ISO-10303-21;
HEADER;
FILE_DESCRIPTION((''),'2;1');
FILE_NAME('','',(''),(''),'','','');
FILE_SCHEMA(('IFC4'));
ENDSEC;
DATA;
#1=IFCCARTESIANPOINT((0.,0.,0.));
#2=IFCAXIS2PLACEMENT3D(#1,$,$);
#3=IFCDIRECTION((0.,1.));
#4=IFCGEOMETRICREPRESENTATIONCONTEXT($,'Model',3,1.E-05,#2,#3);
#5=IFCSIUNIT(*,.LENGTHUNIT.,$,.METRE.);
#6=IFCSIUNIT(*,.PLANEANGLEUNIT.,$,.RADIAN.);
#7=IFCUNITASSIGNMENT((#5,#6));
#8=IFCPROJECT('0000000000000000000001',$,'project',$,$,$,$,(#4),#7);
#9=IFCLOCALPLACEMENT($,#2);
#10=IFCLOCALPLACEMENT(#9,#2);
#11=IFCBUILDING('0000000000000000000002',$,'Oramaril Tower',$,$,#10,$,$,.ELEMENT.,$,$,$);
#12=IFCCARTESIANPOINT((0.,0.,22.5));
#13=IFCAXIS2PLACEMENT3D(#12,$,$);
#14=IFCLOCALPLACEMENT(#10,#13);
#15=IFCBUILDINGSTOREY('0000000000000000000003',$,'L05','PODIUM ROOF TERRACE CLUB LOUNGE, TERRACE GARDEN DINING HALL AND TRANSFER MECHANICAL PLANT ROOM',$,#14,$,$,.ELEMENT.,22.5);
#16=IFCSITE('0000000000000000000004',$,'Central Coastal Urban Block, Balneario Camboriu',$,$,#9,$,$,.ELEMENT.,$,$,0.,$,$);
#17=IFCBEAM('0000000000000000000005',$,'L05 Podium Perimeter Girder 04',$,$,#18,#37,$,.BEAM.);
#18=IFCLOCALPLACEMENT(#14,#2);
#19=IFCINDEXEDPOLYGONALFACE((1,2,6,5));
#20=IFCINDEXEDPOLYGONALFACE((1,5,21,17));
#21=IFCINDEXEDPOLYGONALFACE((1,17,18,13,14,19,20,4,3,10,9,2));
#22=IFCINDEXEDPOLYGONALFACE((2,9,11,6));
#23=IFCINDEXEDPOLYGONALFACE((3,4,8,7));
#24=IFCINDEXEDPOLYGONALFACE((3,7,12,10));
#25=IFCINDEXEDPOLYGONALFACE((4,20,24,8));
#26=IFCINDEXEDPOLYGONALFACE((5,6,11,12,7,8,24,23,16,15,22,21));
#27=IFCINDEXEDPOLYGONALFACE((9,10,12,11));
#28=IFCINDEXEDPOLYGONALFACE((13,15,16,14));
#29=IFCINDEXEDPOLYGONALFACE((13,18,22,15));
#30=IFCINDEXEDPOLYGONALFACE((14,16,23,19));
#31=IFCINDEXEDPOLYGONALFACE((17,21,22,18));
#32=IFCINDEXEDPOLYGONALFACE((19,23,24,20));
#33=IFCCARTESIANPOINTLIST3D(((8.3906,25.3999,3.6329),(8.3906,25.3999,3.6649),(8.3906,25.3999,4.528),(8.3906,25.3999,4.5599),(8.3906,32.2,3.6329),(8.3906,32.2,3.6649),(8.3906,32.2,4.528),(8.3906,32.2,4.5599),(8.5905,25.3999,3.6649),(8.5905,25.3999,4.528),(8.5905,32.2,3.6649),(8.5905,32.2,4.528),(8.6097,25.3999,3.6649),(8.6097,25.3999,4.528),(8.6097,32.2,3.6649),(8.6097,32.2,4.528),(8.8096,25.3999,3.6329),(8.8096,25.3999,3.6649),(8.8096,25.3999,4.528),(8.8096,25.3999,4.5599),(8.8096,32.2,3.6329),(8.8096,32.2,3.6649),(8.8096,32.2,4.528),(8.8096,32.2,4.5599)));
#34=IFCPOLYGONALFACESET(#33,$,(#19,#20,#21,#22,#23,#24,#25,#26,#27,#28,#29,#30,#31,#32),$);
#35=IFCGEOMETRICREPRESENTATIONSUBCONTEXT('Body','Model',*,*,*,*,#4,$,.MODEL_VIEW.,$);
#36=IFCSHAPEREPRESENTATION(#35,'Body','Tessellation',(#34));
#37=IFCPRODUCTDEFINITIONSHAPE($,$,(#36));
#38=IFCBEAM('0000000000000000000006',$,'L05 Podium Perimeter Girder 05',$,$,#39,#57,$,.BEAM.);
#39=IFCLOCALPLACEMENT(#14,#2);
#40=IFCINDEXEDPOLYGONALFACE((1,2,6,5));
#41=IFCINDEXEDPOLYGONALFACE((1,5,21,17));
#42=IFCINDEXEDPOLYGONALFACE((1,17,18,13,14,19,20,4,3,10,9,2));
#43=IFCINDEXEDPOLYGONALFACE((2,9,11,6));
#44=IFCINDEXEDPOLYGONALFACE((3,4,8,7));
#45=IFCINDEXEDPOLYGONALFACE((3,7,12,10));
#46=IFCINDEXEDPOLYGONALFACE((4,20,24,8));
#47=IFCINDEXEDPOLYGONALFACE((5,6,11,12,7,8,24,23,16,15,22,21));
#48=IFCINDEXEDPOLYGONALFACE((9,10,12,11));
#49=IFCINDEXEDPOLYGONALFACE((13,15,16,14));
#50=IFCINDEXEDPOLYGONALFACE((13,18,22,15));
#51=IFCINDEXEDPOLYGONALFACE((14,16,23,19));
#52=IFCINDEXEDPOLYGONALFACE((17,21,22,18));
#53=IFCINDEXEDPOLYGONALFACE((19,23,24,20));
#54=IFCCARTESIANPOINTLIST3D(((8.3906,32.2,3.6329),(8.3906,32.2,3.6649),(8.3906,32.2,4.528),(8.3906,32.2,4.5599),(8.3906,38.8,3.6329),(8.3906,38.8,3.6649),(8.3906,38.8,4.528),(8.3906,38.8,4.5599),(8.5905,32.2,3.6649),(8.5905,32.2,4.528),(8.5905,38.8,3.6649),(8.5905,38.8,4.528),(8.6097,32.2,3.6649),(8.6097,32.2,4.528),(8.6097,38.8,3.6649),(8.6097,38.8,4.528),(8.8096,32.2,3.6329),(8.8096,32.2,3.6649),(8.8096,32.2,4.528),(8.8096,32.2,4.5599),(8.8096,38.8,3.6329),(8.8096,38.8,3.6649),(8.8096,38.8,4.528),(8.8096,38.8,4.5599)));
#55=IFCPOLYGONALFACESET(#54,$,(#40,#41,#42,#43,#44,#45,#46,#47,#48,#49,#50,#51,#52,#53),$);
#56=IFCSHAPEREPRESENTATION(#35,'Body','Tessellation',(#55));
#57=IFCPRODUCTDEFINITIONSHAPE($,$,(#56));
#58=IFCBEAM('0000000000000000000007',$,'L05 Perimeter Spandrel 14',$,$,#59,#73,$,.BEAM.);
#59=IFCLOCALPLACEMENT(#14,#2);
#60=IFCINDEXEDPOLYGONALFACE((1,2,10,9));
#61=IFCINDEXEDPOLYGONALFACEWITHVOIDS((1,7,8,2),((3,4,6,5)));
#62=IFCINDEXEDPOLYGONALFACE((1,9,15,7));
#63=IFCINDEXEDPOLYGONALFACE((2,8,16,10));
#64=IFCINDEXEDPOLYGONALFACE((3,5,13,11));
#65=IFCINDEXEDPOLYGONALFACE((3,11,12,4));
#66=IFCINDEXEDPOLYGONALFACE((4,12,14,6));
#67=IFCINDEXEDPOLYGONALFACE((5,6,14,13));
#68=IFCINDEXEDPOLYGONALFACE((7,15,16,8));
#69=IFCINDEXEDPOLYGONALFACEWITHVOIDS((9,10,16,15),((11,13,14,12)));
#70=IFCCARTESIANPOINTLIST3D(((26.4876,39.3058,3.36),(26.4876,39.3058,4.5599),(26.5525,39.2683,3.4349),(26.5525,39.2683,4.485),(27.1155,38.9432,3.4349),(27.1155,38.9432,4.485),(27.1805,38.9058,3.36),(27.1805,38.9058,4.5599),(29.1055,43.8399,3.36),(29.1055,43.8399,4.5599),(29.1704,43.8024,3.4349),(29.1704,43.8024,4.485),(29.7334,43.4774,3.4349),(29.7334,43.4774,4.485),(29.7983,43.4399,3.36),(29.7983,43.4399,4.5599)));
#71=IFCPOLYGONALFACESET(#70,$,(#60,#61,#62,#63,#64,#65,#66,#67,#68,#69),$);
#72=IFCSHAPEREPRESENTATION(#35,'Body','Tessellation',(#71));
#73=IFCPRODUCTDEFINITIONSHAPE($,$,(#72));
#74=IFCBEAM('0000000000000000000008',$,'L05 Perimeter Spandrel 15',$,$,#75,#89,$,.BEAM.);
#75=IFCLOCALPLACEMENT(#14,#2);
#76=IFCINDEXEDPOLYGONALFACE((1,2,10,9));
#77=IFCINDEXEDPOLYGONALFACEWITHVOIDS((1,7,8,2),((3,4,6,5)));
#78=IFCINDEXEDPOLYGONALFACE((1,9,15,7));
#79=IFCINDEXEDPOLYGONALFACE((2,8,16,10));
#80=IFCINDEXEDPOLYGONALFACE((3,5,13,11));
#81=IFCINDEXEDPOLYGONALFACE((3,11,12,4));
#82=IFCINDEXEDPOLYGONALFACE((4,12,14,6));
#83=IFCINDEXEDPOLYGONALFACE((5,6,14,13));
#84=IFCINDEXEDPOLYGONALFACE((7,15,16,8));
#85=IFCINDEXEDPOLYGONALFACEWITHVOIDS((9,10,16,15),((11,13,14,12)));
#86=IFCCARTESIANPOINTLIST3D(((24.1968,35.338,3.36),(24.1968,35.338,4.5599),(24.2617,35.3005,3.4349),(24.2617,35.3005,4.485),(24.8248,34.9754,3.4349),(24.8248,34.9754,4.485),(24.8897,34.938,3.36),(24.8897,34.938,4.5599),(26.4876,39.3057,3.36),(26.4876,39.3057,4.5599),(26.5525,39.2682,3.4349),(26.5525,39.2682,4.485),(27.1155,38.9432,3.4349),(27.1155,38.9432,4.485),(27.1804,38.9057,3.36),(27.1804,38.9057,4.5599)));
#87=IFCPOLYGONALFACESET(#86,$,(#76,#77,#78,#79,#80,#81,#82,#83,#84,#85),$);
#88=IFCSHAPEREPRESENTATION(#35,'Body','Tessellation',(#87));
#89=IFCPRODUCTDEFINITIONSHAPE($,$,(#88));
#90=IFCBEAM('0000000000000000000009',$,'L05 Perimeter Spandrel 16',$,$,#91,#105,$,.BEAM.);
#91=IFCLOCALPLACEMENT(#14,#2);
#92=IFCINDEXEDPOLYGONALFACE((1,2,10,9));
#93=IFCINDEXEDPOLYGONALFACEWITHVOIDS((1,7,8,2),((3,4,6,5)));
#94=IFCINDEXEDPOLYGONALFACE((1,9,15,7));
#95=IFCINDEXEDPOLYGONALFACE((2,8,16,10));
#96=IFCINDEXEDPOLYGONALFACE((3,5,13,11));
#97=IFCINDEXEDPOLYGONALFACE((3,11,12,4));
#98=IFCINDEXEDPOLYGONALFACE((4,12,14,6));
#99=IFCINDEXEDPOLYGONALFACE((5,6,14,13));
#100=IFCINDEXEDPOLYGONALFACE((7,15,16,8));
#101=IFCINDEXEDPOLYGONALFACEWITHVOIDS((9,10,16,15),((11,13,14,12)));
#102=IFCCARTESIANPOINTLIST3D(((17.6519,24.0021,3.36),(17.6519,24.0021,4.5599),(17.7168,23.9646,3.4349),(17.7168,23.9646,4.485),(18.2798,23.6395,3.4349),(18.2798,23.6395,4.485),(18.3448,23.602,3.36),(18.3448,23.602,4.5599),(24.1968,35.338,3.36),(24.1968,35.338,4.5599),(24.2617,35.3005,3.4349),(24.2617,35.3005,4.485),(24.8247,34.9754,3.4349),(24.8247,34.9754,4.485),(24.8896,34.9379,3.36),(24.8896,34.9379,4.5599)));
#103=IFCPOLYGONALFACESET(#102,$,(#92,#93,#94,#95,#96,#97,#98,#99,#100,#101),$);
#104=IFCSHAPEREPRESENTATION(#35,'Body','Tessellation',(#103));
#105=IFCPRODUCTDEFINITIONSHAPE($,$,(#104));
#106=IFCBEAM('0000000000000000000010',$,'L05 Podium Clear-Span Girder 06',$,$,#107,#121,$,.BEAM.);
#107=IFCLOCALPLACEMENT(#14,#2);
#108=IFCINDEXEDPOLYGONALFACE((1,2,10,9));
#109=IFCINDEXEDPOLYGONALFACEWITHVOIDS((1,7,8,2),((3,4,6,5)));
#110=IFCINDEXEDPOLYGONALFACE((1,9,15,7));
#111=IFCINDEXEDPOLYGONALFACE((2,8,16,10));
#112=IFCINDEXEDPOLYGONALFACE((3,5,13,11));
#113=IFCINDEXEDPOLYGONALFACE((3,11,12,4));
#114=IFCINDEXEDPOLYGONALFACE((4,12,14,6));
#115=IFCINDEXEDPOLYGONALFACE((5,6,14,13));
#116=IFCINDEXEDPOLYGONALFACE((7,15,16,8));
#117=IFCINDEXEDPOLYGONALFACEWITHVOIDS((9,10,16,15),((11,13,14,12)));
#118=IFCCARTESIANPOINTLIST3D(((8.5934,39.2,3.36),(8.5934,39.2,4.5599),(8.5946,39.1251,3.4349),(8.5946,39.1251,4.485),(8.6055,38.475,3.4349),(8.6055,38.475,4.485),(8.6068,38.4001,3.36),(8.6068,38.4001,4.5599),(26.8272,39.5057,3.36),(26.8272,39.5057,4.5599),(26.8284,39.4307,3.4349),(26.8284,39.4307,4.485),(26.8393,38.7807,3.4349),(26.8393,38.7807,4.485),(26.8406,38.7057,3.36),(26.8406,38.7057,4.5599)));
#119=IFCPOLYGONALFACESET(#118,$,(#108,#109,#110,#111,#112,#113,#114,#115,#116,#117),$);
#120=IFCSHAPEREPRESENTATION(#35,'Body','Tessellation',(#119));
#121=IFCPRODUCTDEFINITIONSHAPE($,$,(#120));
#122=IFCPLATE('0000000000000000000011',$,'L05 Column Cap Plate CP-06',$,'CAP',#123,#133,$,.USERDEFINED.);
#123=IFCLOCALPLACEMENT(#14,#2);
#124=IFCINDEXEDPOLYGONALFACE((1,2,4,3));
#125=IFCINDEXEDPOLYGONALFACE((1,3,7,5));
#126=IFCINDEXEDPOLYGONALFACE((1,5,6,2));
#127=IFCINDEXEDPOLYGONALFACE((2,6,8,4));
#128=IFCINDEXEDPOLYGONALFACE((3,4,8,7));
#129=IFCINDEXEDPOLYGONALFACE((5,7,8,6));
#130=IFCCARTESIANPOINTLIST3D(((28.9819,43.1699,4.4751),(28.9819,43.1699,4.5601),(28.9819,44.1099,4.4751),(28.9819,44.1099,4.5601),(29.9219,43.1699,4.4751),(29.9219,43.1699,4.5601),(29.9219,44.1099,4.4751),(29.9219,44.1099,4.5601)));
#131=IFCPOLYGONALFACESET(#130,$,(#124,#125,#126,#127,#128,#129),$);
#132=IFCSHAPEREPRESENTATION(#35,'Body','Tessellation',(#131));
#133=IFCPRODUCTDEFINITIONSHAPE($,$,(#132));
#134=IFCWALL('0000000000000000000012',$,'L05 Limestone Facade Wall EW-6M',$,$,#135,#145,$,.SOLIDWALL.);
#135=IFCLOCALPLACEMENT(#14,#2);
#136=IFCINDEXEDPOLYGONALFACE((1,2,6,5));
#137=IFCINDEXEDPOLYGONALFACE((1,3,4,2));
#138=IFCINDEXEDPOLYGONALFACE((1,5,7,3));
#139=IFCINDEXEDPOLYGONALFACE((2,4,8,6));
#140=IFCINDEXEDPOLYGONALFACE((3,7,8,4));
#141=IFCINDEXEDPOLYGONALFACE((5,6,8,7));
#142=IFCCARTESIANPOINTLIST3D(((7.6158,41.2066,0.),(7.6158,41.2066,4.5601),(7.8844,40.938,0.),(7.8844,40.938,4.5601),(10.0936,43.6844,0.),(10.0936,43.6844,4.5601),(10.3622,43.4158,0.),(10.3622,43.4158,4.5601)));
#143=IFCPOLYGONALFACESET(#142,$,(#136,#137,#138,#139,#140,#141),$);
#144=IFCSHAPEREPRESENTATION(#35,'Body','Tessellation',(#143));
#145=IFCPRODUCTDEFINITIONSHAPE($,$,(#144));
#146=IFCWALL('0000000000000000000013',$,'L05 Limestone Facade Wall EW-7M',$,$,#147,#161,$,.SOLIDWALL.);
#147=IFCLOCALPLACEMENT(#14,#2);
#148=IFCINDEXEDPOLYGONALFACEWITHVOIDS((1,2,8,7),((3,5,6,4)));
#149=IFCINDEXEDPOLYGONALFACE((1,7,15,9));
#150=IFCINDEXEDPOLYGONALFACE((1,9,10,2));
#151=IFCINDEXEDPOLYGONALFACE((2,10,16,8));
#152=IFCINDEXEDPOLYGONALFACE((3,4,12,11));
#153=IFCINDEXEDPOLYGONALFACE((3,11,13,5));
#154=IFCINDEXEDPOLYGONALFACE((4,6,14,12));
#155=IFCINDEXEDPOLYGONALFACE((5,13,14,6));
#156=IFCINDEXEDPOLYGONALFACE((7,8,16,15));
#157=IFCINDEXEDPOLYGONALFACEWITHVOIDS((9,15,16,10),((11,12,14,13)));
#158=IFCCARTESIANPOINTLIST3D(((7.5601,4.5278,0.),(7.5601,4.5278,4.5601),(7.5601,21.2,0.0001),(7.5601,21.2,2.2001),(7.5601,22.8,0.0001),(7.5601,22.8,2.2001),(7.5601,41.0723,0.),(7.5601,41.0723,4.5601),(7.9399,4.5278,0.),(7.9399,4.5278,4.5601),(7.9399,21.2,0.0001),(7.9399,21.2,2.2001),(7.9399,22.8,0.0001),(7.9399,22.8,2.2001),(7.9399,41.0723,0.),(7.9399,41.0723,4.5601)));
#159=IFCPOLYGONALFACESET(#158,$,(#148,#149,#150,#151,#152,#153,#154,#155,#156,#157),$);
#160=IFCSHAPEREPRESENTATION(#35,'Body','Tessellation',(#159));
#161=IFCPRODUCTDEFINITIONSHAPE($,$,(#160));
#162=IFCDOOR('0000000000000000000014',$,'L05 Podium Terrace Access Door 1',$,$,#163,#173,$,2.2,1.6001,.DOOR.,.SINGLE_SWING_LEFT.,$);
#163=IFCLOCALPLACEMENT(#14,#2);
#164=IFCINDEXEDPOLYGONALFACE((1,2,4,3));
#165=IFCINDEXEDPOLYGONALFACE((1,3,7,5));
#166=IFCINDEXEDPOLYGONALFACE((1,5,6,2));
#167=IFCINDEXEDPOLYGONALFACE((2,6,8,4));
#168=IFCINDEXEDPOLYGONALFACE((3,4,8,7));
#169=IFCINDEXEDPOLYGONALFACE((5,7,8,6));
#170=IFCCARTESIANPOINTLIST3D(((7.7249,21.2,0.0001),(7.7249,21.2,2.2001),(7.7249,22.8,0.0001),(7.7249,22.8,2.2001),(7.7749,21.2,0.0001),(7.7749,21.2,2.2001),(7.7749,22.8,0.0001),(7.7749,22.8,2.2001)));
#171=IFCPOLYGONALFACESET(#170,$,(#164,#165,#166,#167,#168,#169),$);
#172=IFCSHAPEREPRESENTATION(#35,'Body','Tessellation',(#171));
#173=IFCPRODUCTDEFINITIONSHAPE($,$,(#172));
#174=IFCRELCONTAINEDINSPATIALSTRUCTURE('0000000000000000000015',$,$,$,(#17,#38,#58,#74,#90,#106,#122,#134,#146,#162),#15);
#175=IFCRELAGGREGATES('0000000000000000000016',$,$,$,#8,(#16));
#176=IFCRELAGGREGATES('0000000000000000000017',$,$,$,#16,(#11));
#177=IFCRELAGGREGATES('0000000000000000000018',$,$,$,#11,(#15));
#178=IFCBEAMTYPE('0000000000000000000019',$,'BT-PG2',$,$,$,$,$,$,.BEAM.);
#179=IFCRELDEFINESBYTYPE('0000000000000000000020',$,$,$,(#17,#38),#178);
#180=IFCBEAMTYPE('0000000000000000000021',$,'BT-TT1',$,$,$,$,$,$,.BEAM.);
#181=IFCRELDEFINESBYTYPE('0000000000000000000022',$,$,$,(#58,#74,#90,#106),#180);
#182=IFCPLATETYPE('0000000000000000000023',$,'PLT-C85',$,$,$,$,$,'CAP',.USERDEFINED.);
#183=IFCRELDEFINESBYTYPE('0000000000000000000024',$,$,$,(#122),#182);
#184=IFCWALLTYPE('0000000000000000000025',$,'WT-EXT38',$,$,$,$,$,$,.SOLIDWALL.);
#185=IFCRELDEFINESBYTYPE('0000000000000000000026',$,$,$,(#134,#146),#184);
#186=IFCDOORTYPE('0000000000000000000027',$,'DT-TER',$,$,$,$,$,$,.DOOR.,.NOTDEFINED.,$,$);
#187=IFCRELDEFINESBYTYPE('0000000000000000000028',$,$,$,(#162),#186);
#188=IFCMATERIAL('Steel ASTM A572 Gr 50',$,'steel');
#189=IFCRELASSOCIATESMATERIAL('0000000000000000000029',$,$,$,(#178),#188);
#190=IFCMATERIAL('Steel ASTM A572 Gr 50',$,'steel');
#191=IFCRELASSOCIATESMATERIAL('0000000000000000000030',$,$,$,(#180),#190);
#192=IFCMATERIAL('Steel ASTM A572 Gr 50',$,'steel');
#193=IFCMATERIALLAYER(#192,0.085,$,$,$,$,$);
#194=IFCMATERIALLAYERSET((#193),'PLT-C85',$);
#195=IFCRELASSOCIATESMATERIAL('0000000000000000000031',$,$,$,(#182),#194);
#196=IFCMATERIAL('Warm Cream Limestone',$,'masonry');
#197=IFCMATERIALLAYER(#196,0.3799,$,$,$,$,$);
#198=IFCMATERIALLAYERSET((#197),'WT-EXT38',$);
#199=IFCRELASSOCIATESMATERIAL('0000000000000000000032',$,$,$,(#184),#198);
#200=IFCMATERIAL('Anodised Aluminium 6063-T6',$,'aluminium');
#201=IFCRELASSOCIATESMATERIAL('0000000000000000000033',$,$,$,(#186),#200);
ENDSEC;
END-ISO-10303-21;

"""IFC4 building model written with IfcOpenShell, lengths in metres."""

from ifc_helpers import new_model, si_unit, direction, frame, frame_2d, origin, origin_2d, place, context, subcontext, project, spatial, rectangle, hollow_rectangle, i_section, extrude, material, layer, layer_set, material_profile, profile_set, type_object, element, fill, save


model = new_model("IFC4")

# Units and contexts
model_context = context("Model", 3, precision=1e-05, world=origin(), true_north=direction((0.0, 1.0)))
body_context = subcontext(model_context, "Body", "Model", "MODEL_VIEW")
ifc_project = project(units=[si_unit("LENGTHUNIT", "METRE"), si_unit("PLANEANGLEUNIT", "RADIAN")], contexts=[model_context])

# Site, building, storey
site_placement = place(None, origin())
site = spatial("IfcSite", under=ifc_project, at=site_placement, Name="Central Coastal Urban Block, Balneario Camboriu", CompositionType="ELEMENT", RefElevation=0.0)
building_placement = place(site_placement, origin())
building = spatial("IfcBuilding", under=site, at=building_placement, Name="Oramaril Tower", CompositionType="ELEMENT")
storey_placement = place(building_placement, frame((0.0, 0.0, 22.5)))
storey = spatial("IfcBuildingStorey", under=building, at=storey_placement, Name="L05", Description="PODIUM ROOF TERRACE CLUB LOUNGE, TERRACE GARDEN DINING HALL AND TRANSFER MECHANICAL PLANT ROOM", CompositionType="ELEMENT", Elevation=22.5)

# Beams
ifc_material_1 = material(Name="Steel ASTM A572 Gr 50", Category="steel")
ifc_material_profile_1 = material_profile(ifc_material_1, i_section(OverallWidth=0.4189, OverallDepth=0.927, WebThickness=0.0193, FlangeThickness=0.032, at=origin_2d()), Name="W36X231")
ifc_profile_set_1 = profile_set([ifc_material_profile_1], Name="Steel ASTM A572 Gr 50")
beam_type_1 = type_object("IfcBeamType", Name="BT-PG2", PredefinedType="BEAM", material=ifc_profile_set_1)
beam_1_placement = place(storey_placement, frame((8.6001, 25.3999, 4.0964), z_axis=(0.0, 1.0, 0.0), x_axis=(-1.0, 0.0, 0.0)))
element("IfcBeam", 1, at=beam_1_placement, inside=storey, type_object=beam_type_1, Name="L05 Podium Perimeter Girder 04", PredefinedType="BEAM", context=body_context, shape_type="SweptSolid", body=[
    extrude(i_section(OverallWidth=0.4189, OverallDepth=0.927, WebThickness=0.0193, FlangeThickness=0.032, at=origin_2d()), origin(), (0.0, 0.0, 1.0), 6.8),
])
beam_2_placement = place(storey_placement, frame((8.6001, 32.2, 4.0964), z_axis=(0.0, 1.0, 0.0), x_axis=(-1.0, 0.0, 0.0)))
element("IfcBeam", 2, at=beam_2_placement, inside=storey, type_object=beam_type_1, Name="L05 Podium Perimeter Girder 05", PredefinedType="BEAM", context=body_context, shape_type="SweptSolid", body=[
    extrude(i_section(OverallWidth=0.4189, OverallDepth=0.927, WebThickness=0.0193, FlangeThickness=0.032, at=origin_2d()), origin(), (0.0, 0.0, 1.0), 6.6001),
])
ifc_material_2 = material(Name="Steel ASTM A572 Gr 50", Category="steel")
ifc_material_profile_2 = material_profile(ifc_material_2, hollow_rectangle(XDim=0.8, YDim=1.2, WallThickness=0.075, at=origin_2d()), Name="BOX1200X800X75")
ifc_profile_set_2 = profile_set([ifc_material_profile_2], Name="Steel ASTM A572 Gr 50")
beam_type_2 = type_object("IfcBeamType", Name="BT-TT1", PredefinedType="BEAM", material=ifc_profile_set_2)
beam_3_placement = place(storey_placement, frame((29.4519, 43.6399, 3.96), z_axis=(-0.500016, -0.866016, 0.0), x_axis=(0.866016, -0.500016, 0.0)))
element("IfcBeam", 3, at=beam_3_placement, inside=storey, type_object=beam_type_2, Name="L05 Perimeter Spandrel 14", PredefinedType="BEAM", context=body_context, shape_type="SweptSolid", body=[
    extrude(hollow_rectangle(XDim=0.8, YDim=1.2, WallThickness=0.075, at=origin_2d()), origin(), (0.0, 0.0, 1.0), 5.2356),
])
beam_4_placement = place(storey_placement, frame((26.834, 39.1057, 3.96), z_axis=(-0.499996, -0.866028, 0.0), x_axis=(0.866028, -0.499996, 0.0)))
element("IfcBeam", 4, at=beam_4_placement, inside=storey, type_object=beam_type_2, Name="L05 Perimeter Spandrel 15", PredefinedType="BEAM", context=body_context, shape_type="SweptSolid", body=[
    extrude(hollow_rectangle(XDim=0.8, YDim=1.2, WallThickness=0.075, at=origin_2d()), origin(), (0.0, 0.0, 1.0), 4.5815),
])
beam_5_placement = place(storey_placement, frame((24.5432, 35.1379, 3.96), z_axis=(-0.500007, -0.866022, 0.0), x_axis=(0.866022, -0.500007, 0.0)))
element("IfcBeam", 5, at=beam_5_placement, inside=storey, type_object=beam_type_2, Name="L05 Perimeter Spandrel 16", PredefinedType="BEAM", context=body_context, shape_type="SweptSolid", body=[
    extrude(hollow_rectangle(XDim=0.8, YDim=1.2, WallThickness=0.075, at=origin_2d()), origin(), (0.0, 0.0, 1.0), 13.0896),
])
beam_6_placement = place(storey_placement, frame((8.6001, 38.8, 3.96), z_axis=(0.99986, 0.016761, 0.0), x_axis=(-0.016761, 0.99986, 0.0)))
element("IfcBeam", 6, at=beam_6_placement, inside=storey, type_object=beam_type_2, Name="L05 Podium Clear-Span Girder 06", PredefinedType="BEAM", context=body_context, shape_type="SweptSolid", body=[
    extrude(hollow_rectangle(XDim=0.8, YDim=1.2, WallThickness=0.075, at=origin_2d()), origin(), (0.0, 0.0, 1.0), 18.2363),
])

# Plate
ifc_material_3 = material(Name="Steel ASTM A572 Gr 50", Category="steel")
ifc_layer_1 = layer(ifc_material_3, 0.085)
ifc_layer_set_1 = layer_set([ifc_layer_1], Name="PLT-C85")
plate_type = type_object("IfcPlateType", Name="PLT-C85", ElementType="CAP", PredefinedType="USERDEFINED", material=ifc_layer_set_1)
plate_placement = place(storey_placement, frame((29.4519, 43.6399, 4.4751), z_axis=(0.0, 0.0, 1.0), x_axis=(1.0, 0.0, 0.0)))
element("IfcPlate", 7, at=plate_placement, inside=storey, type_object=plate_type, Name="L05 Column Cap Plate CP-06", ObjectType="CAP", PredefinedType="USERDEFINED", context=body_context, shape_type="SweptSolid", body=[
    extrude(rectangle(XDim=0.9399, YDim=0.9399, at=origin_2d()), origin(), (0.0, 0.0, 1.0), 0.085),
])

# Wall
ifc_material_4 = material(Name="Warm Cream Limestone", Category="masonry")
ifc_layer_2 = layer(ifc_material_4, 0.3799)
ifc_layer_set_2 = layer_set([ifc_layer_2], Name="WT-EXT38")
wall_type_1 = type_object("IfcWallType", Name="WT-EXT38", PredefinedType="SOLIDWALL", material=ifc_layer_set_2)
wall_1_placement = place(storey_placement, frame((10.2278, 43.55, 0.0), z_axis=(0.0, 0.0, 1.0), x_axis=(-0.707107, -0.707107, 0.0)))
element("IfcWall", 8, at=wall_1_placement, inside=storey, type_object=wall_type_1, Name="L05 Limestone Facade Wall EW-6M", PredefinedType="SOLIDWALL", context=body_context, shape_type="SweptSolid", body=[
    extrude(rectangle(XDim=3.5042, YDim=0.3799, at=frame_2d((1.752, 0.0))), origin(), (0.0, 0.0, 1.0), 4.5601),
])

# Wall, opening, door
wall_2_placement = place(storey_placement, frame((7.75, 41.0723, 0.0), z_axis=(0.0, 0.0, 1.0), x_axis=(0.0, -1.0, 0.0)))
wall_2 = element("IfcWall", 9, at=wall_2_placement, inside=storey, type_object=wall_type_1, Name="L05 Limestone Facade Wall EW-7M", PredefinedType="SOLIDWALL", context=body_context, shape_type="SweptSolid", body=[
    extrude(rectangle(XDim=36.5444, YDim=0.3799, at=frame_2d((18.2722, 0.0))), origin(), (0.0, 0.0, 1.0), 4.5601),
])
opening_1_placement = place(wall_2_placement, frame((18.2722, 0.0, 0.0)))
opening_1 = element("IfcOpeningElement", 10, at=opening_1_placement, cuts=wall_2, PredefinedType="OPENING", context=body_context, shape_type="SweptSolid", body=[
    extrude(rectangle(XDim=1.6001, YDim=2.2, at=frame_2d((0.8, 1.1001))), frame((0.0, 0.1899, 0.0), z_axis=(0.0, -1.0, 0.0), x_axis=(1.0, 0.0, 0.0)), (0.0, 0.0, 1.0), 0.3799),
])
ifc_material_5 = material(Name="Anodised Aluminium 6063-T6", Category="aluminium")
door_type_1 = type_object("IfcDoorType", Name="DT-TER", OperationType="NOTDEFINED", PredefinedType="DOOR", material=ifc_material_5)
door_1_placement = place(opening_1_placement, origin())
door_1 = element("IfcDoor", 11, at=door_1_placement, inside=storey, type_object=door_type_1, Name="L05 Podium Terrace Access Door 1", OperationType="SINGLE_SWING_LEFT", OverallHeight=2.2, OverallWidth=1.6001, PredefinedType="DOOR", context=body_context, shape_type="SweptSolid", body=[
    extrude(rectangle(XDim=1.6001, YDim=2.2, at=frame_2d((0.8, 1.1001))), frame((0.0, 0.0249, 0.0), z_axis=(0.0, -1.0, 0.0), x_axis=(1.0, 0.0, 0.0)), (0.0, 0.0, 1.0), 0.05),
])
fill(opening_1, door_1)

save(model, "model.ifc")
